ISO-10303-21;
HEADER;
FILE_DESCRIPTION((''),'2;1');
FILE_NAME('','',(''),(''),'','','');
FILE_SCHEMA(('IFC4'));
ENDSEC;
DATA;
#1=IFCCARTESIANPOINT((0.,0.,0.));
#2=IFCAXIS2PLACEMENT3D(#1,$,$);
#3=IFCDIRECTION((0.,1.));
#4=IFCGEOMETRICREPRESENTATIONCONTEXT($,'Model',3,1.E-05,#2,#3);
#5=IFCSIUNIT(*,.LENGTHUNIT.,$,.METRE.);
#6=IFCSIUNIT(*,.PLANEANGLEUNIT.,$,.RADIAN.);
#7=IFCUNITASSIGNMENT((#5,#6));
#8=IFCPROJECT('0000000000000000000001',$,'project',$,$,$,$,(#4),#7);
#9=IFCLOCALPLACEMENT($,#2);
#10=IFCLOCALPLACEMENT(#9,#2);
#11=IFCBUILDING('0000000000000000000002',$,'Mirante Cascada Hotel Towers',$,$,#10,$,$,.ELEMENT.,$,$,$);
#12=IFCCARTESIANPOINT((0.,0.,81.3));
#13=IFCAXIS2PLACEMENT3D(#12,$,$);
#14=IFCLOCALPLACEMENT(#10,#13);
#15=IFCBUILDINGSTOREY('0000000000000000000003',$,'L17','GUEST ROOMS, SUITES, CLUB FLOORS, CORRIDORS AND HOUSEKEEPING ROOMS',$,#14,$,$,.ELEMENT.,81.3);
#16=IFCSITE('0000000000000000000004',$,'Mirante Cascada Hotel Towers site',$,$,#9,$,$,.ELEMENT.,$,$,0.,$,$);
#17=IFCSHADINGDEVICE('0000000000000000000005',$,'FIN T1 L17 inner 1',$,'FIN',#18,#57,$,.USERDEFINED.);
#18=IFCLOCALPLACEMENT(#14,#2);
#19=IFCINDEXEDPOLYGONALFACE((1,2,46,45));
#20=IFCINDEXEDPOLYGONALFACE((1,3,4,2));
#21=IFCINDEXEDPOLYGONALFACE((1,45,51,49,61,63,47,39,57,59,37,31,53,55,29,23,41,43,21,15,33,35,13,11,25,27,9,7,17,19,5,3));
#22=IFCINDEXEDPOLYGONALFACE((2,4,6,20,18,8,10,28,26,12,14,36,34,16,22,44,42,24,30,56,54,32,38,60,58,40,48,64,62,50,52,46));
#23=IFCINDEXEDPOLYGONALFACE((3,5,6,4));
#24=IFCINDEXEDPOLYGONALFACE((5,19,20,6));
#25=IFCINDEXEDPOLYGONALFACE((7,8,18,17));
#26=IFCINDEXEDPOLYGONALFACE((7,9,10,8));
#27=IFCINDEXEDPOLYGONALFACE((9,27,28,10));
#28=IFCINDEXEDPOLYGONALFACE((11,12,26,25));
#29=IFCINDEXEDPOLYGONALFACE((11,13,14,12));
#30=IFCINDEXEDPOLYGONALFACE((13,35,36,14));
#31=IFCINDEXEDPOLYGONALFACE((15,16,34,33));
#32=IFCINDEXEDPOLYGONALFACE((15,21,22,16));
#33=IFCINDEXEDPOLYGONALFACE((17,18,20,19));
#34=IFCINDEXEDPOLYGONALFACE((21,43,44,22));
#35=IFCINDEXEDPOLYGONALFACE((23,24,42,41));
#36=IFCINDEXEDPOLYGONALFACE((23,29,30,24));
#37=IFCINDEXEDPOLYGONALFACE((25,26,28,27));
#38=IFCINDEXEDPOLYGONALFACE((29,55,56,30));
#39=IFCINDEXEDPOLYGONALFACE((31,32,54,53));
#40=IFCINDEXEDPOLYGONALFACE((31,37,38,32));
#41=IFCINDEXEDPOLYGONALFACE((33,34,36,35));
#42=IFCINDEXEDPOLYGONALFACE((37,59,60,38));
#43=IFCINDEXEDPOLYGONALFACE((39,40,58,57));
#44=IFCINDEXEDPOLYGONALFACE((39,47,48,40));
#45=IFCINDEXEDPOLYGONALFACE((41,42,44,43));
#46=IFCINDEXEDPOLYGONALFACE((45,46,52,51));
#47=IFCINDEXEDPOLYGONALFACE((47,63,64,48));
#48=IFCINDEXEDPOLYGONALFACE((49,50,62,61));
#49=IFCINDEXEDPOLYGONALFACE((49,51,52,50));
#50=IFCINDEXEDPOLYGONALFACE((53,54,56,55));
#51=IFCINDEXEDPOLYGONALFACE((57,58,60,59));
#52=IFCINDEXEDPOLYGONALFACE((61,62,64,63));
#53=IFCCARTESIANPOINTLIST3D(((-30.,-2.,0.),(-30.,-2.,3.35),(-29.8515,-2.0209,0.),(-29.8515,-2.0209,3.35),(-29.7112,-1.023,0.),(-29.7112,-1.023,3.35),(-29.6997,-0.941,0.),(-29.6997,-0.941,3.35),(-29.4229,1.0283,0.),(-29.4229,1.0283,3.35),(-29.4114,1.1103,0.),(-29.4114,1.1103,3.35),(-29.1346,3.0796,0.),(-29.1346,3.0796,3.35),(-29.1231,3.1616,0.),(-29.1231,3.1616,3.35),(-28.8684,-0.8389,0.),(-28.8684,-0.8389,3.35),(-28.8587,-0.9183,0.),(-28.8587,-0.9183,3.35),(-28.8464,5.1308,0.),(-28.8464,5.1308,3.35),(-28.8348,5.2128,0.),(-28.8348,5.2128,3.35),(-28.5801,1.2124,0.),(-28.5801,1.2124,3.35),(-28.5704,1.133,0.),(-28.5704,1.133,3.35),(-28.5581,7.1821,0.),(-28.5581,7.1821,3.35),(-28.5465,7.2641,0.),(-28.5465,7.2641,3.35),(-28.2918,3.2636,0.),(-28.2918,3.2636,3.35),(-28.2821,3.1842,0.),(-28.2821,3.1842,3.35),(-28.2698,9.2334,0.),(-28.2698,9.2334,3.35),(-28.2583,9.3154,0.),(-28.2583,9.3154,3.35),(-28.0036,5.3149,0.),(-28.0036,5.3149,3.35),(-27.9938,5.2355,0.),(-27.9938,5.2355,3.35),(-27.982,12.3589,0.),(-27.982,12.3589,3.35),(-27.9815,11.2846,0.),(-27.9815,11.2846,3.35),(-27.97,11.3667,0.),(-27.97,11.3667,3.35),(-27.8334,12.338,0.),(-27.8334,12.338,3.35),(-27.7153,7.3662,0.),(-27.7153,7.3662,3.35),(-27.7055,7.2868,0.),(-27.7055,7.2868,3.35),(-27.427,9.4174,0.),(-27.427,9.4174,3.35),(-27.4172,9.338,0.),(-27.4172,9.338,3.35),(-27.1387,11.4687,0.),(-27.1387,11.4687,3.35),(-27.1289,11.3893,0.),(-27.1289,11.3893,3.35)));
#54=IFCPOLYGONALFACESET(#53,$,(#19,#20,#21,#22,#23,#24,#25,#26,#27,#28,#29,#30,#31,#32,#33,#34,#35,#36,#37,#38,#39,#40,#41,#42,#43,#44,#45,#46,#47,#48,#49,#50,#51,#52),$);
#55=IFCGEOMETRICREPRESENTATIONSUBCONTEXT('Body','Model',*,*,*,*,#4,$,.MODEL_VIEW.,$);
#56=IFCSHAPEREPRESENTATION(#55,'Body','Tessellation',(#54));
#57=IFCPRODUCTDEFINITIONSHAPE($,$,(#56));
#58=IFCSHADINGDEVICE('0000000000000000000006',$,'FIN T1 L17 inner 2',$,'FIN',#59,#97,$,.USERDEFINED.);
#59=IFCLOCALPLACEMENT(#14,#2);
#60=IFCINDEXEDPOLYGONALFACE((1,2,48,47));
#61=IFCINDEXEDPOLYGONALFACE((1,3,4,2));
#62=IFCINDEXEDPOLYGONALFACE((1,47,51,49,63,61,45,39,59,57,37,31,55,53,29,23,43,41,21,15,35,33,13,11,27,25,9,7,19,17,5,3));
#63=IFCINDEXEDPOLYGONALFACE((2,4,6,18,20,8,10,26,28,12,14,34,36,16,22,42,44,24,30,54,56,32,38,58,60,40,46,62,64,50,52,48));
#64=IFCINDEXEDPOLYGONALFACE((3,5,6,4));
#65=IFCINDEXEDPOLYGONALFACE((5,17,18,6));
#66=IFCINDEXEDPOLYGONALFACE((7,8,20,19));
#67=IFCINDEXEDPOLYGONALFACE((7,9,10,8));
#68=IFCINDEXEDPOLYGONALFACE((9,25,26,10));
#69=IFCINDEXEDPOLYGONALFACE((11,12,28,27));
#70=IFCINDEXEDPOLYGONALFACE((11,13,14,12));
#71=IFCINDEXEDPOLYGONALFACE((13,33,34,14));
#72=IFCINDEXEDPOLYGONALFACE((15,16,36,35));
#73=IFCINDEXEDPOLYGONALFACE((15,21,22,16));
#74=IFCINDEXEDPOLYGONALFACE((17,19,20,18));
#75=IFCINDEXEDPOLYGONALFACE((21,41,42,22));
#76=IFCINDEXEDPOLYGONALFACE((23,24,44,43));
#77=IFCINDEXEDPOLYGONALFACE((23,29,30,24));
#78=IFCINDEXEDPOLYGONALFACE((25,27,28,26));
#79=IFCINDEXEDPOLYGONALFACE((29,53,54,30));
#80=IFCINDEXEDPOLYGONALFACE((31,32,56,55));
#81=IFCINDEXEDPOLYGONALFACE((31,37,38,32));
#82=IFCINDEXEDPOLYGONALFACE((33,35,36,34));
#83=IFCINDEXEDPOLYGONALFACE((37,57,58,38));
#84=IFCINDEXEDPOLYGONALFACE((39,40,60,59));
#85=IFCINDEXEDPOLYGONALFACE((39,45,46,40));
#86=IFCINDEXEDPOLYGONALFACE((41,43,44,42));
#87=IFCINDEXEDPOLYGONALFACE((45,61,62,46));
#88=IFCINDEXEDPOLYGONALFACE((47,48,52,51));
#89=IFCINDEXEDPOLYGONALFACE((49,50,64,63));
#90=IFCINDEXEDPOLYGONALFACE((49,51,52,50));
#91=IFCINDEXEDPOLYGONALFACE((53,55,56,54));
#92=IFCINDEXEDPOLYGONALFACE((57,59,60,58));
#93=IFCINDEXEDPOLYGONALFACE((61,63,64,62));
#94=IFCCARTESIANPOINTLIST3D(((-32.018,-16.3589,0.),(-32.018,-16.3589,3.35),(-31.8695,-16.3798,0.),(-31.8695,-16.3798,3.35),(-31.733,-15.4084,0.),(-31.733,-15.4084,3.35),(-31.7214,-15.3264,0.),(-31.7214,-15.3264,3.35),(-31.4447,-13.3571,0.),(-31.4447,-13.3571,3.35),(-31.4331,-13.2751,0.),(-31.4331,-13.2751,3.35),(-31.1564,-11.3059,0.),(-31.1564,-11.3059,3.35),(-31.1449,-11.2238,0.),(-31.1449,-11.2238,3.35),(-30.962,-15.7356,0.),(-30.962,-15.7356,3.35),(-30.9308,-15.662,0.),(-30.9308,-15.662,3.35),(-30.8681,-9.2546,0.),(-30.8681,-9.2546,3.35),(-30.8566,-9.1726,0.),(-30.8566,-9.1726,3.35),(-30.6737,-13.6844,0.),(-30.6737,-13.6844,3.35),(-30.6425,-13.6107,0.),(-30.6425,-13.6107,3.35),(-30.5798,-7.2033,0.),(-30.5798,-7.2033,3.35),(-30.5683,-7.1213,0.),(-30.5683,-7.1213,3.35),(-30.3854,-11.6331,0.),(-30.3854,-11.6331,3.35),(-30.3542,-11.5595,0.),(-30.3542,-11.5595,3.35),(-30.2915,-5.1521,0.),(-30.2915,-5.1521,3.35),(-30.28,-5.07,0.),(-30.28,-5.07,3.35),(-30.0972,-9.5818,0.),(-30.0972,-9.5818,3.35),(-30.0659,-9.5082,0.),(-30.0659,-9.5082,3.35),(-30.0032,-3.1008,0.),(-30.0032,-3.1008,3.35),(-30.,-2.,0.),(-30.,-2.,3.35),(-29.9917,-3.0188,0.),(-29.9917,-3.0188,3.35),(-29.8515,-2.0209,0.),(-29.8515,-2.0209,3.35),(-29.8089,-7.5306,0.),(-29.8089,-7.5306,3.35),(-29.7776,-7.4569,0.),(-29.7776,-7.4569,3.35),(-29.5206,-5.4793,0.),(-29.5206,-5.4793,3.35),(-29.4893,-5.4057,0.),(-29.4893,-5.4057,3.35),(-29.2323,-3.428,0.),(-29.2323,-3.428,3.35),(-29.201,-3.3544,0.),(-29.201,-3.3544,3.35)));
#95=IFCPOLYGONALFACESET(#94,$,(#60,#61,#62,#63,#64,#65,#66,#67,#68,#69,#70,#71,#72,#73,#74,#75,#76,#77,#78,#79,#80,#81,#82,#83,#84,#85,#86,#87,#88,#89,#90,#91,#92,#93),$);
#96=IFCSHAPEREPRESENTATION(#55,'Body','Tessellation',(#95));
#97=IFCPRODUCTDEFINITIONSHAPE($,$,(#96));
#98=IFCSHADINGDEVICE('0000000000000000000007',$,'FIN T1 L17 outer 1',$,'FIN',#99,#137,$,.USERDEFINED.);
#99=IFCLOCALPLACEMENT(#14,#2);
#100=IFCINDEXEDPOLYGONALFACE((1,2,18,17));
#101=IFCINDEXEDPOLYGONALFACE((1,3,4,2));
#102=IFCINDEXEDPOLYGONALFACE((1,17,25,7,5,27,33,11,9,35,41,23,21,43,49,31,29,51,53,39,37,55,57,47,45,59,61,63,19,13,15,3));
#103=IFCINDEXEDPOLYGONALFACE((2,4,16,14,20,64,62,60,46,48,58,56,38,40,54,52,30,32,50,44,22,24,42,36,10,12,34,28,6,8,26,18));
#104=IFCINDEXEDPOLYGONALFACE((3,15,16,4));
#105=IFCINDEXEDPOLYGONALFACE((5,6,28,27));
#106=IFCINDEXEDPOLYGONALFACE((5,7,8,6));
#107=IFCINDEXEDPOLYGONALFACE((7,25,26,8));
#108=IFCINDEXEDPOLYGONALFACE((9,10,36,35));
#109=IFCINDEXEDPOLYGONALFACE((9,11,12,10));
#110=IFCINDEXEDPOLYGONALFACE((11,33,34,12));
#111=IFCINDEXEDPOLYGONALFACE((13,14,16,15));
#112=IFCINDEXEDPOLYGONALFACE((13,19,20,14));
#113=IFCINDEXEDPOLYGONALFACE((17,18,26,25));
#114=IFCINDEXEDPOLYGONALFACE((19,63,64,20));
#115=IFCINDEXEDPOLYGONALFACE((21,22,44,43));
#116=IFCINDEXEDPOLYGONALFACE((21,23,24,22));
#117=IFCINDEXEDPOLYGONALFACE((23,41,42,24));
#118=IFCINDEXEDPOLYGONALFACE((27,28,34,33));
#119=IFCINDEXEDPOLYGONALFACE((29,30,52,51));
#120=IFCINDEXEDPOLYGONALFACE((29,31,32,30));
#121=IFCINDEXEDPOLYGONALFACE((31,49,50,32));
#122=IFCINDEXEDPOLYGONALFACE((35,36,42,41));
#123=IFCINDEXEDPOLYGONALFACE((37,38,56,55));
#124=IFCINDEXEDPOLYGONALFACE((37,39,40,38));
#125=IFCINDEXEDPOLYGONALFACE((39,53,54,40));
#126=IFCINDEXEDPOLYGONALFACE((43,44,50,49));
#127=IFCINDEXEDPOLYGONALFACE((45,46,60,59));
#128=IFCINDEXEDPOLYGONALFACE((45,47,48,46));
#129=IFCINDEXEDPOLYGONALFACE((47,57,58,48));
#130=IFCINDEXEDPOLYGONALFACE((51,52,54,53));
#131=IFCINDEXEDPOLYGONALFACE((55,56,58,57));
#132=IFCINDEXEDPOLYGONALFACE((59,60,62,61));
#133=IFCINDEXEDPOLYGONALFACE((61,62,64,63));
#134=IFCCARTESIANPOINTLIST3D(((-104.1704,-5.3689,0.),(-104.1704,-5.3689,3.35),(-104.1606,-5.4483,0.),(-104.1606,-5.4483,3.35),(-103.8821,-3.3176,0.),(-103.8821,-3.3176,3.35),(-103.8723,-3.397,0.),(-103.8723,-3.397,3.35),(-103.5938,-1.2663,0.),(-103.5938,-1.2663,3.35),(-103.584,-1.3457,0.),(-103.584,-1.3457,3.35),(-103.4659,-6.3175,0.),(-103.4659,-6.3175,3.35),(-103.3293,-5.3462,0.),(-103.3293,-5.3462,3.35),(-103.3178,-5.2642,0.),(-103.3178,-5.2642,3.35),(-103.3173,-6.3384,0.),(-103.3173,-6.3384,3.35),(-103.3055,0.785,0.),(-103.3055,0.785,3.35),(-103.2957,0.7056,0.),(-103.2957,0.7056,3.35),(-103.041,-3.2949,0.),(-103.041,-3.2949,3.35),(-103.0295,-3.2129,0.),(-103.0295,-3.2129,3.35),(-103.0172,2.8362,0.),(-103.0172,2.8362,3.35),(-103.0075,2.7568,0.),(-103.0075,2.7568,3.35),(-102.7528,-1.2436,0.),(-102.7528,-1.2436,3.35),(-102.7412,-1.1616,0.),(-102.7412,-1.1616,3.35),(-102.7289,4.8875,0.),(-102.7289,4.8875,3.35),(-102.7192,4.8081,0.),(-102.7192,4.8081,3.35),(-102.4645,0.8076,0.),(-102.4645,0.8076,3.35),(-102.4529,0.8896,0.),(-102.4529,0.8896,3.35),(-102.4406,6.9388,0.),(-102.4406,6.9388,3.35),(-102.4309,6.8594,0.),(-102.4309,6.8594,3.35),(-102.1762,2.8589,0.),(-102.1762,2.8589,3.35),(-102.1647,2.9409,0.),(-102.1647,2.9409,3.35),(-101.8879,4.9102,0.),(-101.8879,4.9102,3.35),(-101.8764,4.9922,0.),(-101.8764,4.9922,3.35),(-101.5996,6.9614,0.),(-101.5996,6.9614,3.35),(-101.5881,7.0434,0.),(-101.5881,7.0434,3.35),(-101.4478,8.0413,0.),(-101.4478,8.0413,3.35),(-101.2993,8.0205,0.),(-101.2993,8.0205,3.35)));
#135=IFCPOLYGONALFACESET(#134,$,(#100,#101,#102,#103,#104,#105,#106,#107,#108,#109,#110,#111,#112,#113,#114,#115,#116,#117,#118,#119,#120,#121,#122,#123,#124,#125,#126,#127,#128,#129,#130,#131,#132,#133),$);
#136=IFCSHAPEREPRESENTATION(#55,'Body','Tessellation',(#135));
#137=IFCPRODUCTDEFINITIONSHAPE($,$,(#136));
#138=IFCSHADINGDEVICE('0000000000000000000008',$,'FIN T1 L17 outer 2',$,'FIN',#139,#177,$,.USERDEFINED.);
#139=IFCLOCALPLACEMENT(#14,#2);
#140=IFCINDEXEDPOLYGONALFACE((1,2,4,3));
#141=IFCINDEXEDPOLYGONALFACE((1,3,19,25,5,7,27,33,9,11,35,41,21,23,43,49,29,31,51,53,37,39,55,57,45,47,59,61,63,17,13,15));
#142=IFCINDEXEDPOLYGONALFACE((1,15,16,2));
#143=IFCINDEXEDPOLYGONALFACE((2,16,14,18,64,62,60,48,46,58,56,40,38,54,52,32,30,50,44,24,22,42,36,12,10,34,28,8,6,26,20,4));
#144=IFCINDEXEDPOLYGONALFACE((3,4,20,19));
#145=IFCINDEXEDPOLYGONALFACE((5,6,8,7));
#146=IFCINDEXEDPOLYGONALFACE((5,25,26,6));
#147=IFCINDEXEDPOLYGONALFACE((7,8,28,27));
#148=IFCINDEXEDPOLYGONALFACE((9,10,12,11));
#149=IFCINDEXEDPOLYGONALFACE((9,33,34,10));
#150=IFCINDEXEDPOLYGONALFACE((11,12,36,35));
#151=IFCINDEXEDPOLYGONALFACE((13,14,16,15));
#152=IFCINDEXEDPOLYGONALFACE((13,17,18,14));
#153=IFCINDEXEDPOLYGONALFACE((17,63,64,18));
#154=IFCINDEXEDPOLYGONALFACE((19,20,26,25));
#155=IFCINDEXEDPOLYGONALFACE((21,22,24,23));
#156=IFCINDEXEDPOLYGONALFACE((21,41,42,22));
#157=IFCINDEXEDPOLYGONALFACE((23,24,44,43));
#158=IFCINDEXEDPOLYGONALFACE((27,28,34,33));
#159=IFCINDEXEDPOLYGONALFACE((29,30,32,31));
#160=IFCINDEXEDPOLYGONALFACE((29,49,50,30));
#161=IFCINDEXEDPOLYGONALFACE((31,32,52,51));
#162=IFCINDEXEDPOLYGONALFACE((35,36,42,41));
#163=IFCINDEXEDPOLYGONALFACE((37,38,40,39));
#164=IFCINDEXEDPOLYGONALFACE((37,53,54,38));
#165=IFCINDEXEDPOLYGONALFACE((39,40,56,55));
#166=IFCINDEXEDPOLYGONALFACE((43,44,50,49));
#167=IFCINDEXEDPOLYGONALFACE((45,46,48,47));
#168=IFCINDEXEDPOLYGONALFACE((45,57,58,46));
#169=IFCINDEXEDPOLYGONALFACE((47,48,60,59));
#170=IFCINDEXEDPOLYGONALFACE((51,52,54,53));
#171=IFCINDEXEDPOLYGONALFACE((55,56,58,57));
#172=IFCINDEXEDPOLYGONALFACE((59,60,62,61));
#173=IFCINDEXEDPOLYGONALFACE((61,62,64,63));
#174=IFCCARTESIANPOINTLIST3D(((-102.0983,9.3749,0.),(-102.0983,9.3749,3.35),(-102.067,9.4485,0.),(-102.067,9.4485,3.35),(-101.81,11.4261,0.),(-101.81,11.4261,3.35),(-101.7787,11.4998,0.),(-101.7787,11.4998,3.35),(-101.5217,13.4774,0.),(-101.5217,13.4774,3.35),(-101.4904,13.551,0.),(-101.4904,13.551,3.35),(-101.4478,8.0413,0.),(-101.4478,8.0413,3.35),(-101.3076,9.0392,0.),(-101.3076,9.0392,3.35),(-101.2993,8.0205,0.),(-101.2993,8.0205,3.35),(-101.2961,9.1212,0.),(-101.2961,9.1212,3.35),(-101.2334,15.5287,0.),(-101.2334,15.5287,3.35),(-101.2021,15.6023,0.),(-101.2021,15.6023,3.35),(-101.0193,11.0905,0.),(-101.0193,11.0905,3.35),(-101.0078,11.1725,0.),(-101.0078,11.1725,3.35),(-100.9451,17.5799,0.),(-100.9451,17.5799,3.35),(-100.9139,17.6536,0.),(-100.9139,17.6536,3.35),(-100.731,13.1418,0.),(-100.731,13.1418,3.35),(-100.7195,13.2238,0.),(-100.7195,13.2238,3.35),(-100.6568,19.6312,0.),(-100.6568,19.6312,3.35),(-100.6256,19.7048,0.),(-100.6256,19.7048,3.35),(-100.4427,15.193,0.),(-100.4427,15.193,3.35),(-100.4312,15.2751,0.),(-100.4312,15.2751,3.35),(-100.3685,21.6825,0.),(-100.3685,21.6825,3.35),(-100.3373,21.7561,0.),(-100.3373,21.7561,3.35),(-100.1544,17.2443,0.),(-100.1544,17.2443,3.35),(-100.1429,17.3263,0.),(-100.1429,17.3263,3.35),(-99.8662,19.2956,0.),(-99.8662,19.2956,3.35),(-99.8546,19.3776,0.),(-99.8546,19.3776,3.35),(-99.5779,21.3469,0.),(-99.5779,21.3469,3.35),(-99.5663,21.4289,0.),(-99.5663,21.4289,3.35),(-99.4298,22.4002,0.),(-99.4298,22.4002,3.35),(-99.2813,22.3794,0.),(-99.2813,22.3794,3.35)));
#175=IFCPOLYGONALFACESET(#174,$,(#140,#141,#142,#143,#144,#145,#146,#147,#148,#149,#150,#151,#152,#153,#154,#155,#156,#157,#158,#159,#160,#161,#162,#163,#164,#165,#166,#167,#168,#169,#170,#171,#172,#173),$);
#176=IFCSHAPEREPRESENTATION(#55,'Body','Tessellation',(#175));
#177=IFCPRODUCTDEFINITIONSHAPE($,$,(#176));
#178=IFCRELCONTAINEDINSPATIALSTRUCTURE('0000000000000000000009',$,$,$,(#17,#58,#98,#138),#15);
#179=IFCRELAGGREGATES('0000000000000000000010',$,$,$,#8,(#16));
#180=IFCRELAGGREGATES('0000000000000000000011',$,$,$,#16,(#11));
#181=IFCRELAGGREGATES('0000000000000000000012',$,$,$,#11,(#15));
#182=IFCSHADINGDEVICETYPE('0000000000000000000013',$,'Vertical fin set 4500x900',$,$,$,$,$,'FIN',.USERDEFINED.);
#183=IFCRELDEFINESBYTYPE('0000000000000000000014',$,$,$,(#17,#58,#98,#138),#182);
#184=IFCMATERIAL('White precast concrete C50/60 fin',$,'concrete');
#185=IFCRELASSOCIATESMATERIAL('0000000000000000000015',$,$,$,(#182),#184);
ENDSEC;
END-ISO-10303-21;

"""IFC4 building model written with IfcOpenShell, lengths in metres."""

from ifc_helpers import new_model, si_unit, direction, frame, origin, place, context, subcontext, project, spatial, polyline, outline, extrude, material, type_object, element, save


model = new_model("IFC4")

# Units and contexts
model_context = context("Model", 3, precision=1e-05, world=origin(), true_north=direction((0.0, 1.0)))
body_context = subcontext(model_context, "Body", "Model", "MODEL_VIEW")
ifc_project = project(units=[si_unit("LENGTHUNIT", "METRE"), si_unit("PLANEANGLEUNIT", "RADIAN")], contexts=[model_context])

# Site, building, storey
site_placement = place(None, origin())
site = spatial("IfcSite", under=ifc_project, at=site_placement, Name="Mirante Cascada Hotel Towers site", CompositionType="ELEMENT", RefElevation=0.0)
building_placement = place(site_placement, origin())
building = spatial("IfcBuilding", under=site, at=building_placement, Name="Mirante Cascada Hotel Towers", CompositionType="ELEMENT")
storey_placement = place(building_placement, frame((0.0, 0.0, 81.3)))
storey = spatial("IfcBuildingStorey", under=building, at=storey_placement, Name="L17", Description="GUEST ROOMS, SUITES, CLUB FLOORS, CORRIDORS AND HOUSEKEEPING ROOMS", CompositionType="ELEMENT", Elevation=81.3)

# Shading devices
ifc_material_1 = material(Name="White precast concrete C50/60 fin", Category="concrete")
shading_device_type = type_object("IfcShadingDeviceType", Name="Vertical fin set 4500x900", ElementType="FIN", PredefinedType="USERDEFINED", material=ifc_material_1)
shading_device_1_placement = place(storey_placement, origin())
element("IfcShadingDevice", 1, at=shading_device_1_placement, inside=storey, type_object=shading_device_type, Name="FIN T1 L17 inner 1", ObjectType="FIN", PredefinedType="USERDEFINED", context=body_context, shape_type="SweptSolid", body=[
    extrude(outline(polyline([(-29.7112, -1.023), (-29.8515, -2.0209), (-30.0, -2.0), (-27.982, 12.3589), (-27.8334, 12.338), (-27.97, 11.3667), (-27.1387, 11.4687), (-27.1289, 11.3893), (-27.9815, 11.2846), (-28.2583, 9.3154), (-27.427, 9.4174), (-27.4172, 9.338), (-28.2698, 9.2334), (-28.5465, 7.2641), (-27.7153, 7.3662), (-27.7055, 7.2868), (-28.5581, 7.1821), (-28.8348, 5.2128), (-28.0036, 5.3149), (-27.9938, 5.2355), (-28.8464, 5.1308), (-29.1231, 3.1616), (-28.2918, 3.2636), (-28.2821, 3.1842), (-29.1346, 3.0796), (-29.4114, 1.1103), (-28.5801, 1.2124), (-28.5704, 1.133), (-29.4229, 1.0283), (-29.6997, -0.941), (-28.8684, -0.8389), (-28.8587, -0.9183), (-29.7112, -1.023)])), origin(), (0.0, 0.0, 1.0), 3.35),
])
shading_device_2_placement = place(storey_placement, origin())
element("IfcShadingDevice", 2, at=shading_device_2_placement, inside=storey, type_object=shading_device_type, Name="FIN T1 L17 inner 2", ObjectType="FIN", PredefinedType="USERDEFINED", context=body_context, shape_type="SweptSolid", body=[
    extrude(outline(polyline([(-31.733, -15.4084), (-31.8695, -16.3798), (-32.018, -16.3589), (-30.0, -2.0), (-29.8515, -2.0209), (-29.9917, -3.0188), (-29.201, -3.3544), (-29.2323, -3.428), (-30.0032, -3.1008), (-30.28, -5.07), (-29.4893, -5.4057), (-29.5206, -5.4793), (-30.2915, -5.1521), (-30.5683, -7.1213), (-29.7776, -7.4569), (-29.8089, -7.5306), (-30.5798, -7.2033), (-30.8566, -9.1726), (-30.0659, -9.5082), (-30.0972, -9.5818), (-30.8681, -9.2546), (-31.1449, -11.2238), (-30.3542, -11.5595), (-30.3854, -11.6331), (-31.1564, -11.3059), (-31.4331, -13.2751), (-30.6425, -13.6107), (-30.6737, -13.6844), (-31.4447, -13.3571), (-31.7214, -15.3264), (-30.9308, -15.662), (-30.962, -15.7356), (-31.733, -15.4084)])), origin(), (0.0, 0.0, 1.0), 3.35),
])
shading_device_3_placement = place(storey_placement, origin())
element("IfcShadingDevice", 3, at=shading_device_3_placement, inside=storey, type_object=shading_device_type, Name="FIN T1 L17 outer 1", ObjectType="FIN", PredefinedType="USERDEFINED", context=body_context, shape_type="SweptSolid", body=[
    extrude(outline(polyline([(-103.3178, -5.2642), (-103.041, -3.2949), (-103.8723, -3.397), (-103.8821, -3.3176), (-103.0295, -3.2129), (-102.7528, -1.2436), (-103.584, -1.3457), (-103.5938, -1.2663), (-102.7412, -1.1616), (-102.4645, 0.8076), (-103.2957, 0.7056), (-103.3055, 0.785), (-102.4529, 0.8896), (-102.1762, 2.8589), (-103.0075, 2.7568), (-103.0172, 2.8362), (-102.1647, 2.9409), (-101.8879, 4.9102), (-102.7192, 4.8081), (-102.7289, 4.8875), (-101.8764, 4.9922), (-101.5996, 6.9614), (-102.4309, 6.8594), (-102.4406, 6.9388), (-101.5881, 7.0434), (-101.4478, 8.0413), (-101.2993, 8.0205), (-103.3173, -6.3384), (-103.4659, -6.3175), (-103.3293, -5.3462), (-104.1606, -5.4483), (-104.1704, -5.3689), (-103.3178, -5.2642)])), origin(), (0.0, 0.0, 1.0), 3.35),
])
shading_device_4_placement = place(storey_placement, origin())
element("IfcShadingDevice", 4, at=shading_device_4_placement, inside=storey, type_object=shading_device_type, Name="FIN T1 L17 outer 2", ObjectType="FIN", PredefinedType="USERDEFINED", context=body_context, shape_type="SweptSolid", body=[
    extrude(outline(polyline([(-101.2961, 9.1212), (-101.0193, 11.0905), (-101.81, 11.4261), (-101.7787, 11.4998), (-101.0078, 11.1725), (-100.731, 13.1418), (-101.5217, 13.4774), (-101.4904, 13.551), (-100.7195, 13.2238), (-100.4427, 15.193), (-101.2334, 15.5287), (-101.2021, 15.6023), (-100.4312, 15.2751), (-100.1544, 17.2443), (-100.9451, 17.5799), (-100.9139, 17.6536), (-100.1429, 17.3263), (-99.8662, 19.2956), (-100.6568, 19.6312), (-100.6256, 19.7048), (-99.8546, 19.3776), (-99.5779, 21.3469), (-100.3685, 21.6825), (-100.3373, 21.7561), (-99.5663, 21.4289), (-99.4298, 22.4002), (-99.2813, 22.3794), (-101.2993, 8.0205), (-101.4478, 8.0413), (-101.3076, 9.0392), (-102.0983, 9.3749), (-102.067, 9.4485), (-101.2961, 9.1212)])), origin(), (0.0, 0.0, 1.0), 3.35),
])

save(model, "model.ifc")
